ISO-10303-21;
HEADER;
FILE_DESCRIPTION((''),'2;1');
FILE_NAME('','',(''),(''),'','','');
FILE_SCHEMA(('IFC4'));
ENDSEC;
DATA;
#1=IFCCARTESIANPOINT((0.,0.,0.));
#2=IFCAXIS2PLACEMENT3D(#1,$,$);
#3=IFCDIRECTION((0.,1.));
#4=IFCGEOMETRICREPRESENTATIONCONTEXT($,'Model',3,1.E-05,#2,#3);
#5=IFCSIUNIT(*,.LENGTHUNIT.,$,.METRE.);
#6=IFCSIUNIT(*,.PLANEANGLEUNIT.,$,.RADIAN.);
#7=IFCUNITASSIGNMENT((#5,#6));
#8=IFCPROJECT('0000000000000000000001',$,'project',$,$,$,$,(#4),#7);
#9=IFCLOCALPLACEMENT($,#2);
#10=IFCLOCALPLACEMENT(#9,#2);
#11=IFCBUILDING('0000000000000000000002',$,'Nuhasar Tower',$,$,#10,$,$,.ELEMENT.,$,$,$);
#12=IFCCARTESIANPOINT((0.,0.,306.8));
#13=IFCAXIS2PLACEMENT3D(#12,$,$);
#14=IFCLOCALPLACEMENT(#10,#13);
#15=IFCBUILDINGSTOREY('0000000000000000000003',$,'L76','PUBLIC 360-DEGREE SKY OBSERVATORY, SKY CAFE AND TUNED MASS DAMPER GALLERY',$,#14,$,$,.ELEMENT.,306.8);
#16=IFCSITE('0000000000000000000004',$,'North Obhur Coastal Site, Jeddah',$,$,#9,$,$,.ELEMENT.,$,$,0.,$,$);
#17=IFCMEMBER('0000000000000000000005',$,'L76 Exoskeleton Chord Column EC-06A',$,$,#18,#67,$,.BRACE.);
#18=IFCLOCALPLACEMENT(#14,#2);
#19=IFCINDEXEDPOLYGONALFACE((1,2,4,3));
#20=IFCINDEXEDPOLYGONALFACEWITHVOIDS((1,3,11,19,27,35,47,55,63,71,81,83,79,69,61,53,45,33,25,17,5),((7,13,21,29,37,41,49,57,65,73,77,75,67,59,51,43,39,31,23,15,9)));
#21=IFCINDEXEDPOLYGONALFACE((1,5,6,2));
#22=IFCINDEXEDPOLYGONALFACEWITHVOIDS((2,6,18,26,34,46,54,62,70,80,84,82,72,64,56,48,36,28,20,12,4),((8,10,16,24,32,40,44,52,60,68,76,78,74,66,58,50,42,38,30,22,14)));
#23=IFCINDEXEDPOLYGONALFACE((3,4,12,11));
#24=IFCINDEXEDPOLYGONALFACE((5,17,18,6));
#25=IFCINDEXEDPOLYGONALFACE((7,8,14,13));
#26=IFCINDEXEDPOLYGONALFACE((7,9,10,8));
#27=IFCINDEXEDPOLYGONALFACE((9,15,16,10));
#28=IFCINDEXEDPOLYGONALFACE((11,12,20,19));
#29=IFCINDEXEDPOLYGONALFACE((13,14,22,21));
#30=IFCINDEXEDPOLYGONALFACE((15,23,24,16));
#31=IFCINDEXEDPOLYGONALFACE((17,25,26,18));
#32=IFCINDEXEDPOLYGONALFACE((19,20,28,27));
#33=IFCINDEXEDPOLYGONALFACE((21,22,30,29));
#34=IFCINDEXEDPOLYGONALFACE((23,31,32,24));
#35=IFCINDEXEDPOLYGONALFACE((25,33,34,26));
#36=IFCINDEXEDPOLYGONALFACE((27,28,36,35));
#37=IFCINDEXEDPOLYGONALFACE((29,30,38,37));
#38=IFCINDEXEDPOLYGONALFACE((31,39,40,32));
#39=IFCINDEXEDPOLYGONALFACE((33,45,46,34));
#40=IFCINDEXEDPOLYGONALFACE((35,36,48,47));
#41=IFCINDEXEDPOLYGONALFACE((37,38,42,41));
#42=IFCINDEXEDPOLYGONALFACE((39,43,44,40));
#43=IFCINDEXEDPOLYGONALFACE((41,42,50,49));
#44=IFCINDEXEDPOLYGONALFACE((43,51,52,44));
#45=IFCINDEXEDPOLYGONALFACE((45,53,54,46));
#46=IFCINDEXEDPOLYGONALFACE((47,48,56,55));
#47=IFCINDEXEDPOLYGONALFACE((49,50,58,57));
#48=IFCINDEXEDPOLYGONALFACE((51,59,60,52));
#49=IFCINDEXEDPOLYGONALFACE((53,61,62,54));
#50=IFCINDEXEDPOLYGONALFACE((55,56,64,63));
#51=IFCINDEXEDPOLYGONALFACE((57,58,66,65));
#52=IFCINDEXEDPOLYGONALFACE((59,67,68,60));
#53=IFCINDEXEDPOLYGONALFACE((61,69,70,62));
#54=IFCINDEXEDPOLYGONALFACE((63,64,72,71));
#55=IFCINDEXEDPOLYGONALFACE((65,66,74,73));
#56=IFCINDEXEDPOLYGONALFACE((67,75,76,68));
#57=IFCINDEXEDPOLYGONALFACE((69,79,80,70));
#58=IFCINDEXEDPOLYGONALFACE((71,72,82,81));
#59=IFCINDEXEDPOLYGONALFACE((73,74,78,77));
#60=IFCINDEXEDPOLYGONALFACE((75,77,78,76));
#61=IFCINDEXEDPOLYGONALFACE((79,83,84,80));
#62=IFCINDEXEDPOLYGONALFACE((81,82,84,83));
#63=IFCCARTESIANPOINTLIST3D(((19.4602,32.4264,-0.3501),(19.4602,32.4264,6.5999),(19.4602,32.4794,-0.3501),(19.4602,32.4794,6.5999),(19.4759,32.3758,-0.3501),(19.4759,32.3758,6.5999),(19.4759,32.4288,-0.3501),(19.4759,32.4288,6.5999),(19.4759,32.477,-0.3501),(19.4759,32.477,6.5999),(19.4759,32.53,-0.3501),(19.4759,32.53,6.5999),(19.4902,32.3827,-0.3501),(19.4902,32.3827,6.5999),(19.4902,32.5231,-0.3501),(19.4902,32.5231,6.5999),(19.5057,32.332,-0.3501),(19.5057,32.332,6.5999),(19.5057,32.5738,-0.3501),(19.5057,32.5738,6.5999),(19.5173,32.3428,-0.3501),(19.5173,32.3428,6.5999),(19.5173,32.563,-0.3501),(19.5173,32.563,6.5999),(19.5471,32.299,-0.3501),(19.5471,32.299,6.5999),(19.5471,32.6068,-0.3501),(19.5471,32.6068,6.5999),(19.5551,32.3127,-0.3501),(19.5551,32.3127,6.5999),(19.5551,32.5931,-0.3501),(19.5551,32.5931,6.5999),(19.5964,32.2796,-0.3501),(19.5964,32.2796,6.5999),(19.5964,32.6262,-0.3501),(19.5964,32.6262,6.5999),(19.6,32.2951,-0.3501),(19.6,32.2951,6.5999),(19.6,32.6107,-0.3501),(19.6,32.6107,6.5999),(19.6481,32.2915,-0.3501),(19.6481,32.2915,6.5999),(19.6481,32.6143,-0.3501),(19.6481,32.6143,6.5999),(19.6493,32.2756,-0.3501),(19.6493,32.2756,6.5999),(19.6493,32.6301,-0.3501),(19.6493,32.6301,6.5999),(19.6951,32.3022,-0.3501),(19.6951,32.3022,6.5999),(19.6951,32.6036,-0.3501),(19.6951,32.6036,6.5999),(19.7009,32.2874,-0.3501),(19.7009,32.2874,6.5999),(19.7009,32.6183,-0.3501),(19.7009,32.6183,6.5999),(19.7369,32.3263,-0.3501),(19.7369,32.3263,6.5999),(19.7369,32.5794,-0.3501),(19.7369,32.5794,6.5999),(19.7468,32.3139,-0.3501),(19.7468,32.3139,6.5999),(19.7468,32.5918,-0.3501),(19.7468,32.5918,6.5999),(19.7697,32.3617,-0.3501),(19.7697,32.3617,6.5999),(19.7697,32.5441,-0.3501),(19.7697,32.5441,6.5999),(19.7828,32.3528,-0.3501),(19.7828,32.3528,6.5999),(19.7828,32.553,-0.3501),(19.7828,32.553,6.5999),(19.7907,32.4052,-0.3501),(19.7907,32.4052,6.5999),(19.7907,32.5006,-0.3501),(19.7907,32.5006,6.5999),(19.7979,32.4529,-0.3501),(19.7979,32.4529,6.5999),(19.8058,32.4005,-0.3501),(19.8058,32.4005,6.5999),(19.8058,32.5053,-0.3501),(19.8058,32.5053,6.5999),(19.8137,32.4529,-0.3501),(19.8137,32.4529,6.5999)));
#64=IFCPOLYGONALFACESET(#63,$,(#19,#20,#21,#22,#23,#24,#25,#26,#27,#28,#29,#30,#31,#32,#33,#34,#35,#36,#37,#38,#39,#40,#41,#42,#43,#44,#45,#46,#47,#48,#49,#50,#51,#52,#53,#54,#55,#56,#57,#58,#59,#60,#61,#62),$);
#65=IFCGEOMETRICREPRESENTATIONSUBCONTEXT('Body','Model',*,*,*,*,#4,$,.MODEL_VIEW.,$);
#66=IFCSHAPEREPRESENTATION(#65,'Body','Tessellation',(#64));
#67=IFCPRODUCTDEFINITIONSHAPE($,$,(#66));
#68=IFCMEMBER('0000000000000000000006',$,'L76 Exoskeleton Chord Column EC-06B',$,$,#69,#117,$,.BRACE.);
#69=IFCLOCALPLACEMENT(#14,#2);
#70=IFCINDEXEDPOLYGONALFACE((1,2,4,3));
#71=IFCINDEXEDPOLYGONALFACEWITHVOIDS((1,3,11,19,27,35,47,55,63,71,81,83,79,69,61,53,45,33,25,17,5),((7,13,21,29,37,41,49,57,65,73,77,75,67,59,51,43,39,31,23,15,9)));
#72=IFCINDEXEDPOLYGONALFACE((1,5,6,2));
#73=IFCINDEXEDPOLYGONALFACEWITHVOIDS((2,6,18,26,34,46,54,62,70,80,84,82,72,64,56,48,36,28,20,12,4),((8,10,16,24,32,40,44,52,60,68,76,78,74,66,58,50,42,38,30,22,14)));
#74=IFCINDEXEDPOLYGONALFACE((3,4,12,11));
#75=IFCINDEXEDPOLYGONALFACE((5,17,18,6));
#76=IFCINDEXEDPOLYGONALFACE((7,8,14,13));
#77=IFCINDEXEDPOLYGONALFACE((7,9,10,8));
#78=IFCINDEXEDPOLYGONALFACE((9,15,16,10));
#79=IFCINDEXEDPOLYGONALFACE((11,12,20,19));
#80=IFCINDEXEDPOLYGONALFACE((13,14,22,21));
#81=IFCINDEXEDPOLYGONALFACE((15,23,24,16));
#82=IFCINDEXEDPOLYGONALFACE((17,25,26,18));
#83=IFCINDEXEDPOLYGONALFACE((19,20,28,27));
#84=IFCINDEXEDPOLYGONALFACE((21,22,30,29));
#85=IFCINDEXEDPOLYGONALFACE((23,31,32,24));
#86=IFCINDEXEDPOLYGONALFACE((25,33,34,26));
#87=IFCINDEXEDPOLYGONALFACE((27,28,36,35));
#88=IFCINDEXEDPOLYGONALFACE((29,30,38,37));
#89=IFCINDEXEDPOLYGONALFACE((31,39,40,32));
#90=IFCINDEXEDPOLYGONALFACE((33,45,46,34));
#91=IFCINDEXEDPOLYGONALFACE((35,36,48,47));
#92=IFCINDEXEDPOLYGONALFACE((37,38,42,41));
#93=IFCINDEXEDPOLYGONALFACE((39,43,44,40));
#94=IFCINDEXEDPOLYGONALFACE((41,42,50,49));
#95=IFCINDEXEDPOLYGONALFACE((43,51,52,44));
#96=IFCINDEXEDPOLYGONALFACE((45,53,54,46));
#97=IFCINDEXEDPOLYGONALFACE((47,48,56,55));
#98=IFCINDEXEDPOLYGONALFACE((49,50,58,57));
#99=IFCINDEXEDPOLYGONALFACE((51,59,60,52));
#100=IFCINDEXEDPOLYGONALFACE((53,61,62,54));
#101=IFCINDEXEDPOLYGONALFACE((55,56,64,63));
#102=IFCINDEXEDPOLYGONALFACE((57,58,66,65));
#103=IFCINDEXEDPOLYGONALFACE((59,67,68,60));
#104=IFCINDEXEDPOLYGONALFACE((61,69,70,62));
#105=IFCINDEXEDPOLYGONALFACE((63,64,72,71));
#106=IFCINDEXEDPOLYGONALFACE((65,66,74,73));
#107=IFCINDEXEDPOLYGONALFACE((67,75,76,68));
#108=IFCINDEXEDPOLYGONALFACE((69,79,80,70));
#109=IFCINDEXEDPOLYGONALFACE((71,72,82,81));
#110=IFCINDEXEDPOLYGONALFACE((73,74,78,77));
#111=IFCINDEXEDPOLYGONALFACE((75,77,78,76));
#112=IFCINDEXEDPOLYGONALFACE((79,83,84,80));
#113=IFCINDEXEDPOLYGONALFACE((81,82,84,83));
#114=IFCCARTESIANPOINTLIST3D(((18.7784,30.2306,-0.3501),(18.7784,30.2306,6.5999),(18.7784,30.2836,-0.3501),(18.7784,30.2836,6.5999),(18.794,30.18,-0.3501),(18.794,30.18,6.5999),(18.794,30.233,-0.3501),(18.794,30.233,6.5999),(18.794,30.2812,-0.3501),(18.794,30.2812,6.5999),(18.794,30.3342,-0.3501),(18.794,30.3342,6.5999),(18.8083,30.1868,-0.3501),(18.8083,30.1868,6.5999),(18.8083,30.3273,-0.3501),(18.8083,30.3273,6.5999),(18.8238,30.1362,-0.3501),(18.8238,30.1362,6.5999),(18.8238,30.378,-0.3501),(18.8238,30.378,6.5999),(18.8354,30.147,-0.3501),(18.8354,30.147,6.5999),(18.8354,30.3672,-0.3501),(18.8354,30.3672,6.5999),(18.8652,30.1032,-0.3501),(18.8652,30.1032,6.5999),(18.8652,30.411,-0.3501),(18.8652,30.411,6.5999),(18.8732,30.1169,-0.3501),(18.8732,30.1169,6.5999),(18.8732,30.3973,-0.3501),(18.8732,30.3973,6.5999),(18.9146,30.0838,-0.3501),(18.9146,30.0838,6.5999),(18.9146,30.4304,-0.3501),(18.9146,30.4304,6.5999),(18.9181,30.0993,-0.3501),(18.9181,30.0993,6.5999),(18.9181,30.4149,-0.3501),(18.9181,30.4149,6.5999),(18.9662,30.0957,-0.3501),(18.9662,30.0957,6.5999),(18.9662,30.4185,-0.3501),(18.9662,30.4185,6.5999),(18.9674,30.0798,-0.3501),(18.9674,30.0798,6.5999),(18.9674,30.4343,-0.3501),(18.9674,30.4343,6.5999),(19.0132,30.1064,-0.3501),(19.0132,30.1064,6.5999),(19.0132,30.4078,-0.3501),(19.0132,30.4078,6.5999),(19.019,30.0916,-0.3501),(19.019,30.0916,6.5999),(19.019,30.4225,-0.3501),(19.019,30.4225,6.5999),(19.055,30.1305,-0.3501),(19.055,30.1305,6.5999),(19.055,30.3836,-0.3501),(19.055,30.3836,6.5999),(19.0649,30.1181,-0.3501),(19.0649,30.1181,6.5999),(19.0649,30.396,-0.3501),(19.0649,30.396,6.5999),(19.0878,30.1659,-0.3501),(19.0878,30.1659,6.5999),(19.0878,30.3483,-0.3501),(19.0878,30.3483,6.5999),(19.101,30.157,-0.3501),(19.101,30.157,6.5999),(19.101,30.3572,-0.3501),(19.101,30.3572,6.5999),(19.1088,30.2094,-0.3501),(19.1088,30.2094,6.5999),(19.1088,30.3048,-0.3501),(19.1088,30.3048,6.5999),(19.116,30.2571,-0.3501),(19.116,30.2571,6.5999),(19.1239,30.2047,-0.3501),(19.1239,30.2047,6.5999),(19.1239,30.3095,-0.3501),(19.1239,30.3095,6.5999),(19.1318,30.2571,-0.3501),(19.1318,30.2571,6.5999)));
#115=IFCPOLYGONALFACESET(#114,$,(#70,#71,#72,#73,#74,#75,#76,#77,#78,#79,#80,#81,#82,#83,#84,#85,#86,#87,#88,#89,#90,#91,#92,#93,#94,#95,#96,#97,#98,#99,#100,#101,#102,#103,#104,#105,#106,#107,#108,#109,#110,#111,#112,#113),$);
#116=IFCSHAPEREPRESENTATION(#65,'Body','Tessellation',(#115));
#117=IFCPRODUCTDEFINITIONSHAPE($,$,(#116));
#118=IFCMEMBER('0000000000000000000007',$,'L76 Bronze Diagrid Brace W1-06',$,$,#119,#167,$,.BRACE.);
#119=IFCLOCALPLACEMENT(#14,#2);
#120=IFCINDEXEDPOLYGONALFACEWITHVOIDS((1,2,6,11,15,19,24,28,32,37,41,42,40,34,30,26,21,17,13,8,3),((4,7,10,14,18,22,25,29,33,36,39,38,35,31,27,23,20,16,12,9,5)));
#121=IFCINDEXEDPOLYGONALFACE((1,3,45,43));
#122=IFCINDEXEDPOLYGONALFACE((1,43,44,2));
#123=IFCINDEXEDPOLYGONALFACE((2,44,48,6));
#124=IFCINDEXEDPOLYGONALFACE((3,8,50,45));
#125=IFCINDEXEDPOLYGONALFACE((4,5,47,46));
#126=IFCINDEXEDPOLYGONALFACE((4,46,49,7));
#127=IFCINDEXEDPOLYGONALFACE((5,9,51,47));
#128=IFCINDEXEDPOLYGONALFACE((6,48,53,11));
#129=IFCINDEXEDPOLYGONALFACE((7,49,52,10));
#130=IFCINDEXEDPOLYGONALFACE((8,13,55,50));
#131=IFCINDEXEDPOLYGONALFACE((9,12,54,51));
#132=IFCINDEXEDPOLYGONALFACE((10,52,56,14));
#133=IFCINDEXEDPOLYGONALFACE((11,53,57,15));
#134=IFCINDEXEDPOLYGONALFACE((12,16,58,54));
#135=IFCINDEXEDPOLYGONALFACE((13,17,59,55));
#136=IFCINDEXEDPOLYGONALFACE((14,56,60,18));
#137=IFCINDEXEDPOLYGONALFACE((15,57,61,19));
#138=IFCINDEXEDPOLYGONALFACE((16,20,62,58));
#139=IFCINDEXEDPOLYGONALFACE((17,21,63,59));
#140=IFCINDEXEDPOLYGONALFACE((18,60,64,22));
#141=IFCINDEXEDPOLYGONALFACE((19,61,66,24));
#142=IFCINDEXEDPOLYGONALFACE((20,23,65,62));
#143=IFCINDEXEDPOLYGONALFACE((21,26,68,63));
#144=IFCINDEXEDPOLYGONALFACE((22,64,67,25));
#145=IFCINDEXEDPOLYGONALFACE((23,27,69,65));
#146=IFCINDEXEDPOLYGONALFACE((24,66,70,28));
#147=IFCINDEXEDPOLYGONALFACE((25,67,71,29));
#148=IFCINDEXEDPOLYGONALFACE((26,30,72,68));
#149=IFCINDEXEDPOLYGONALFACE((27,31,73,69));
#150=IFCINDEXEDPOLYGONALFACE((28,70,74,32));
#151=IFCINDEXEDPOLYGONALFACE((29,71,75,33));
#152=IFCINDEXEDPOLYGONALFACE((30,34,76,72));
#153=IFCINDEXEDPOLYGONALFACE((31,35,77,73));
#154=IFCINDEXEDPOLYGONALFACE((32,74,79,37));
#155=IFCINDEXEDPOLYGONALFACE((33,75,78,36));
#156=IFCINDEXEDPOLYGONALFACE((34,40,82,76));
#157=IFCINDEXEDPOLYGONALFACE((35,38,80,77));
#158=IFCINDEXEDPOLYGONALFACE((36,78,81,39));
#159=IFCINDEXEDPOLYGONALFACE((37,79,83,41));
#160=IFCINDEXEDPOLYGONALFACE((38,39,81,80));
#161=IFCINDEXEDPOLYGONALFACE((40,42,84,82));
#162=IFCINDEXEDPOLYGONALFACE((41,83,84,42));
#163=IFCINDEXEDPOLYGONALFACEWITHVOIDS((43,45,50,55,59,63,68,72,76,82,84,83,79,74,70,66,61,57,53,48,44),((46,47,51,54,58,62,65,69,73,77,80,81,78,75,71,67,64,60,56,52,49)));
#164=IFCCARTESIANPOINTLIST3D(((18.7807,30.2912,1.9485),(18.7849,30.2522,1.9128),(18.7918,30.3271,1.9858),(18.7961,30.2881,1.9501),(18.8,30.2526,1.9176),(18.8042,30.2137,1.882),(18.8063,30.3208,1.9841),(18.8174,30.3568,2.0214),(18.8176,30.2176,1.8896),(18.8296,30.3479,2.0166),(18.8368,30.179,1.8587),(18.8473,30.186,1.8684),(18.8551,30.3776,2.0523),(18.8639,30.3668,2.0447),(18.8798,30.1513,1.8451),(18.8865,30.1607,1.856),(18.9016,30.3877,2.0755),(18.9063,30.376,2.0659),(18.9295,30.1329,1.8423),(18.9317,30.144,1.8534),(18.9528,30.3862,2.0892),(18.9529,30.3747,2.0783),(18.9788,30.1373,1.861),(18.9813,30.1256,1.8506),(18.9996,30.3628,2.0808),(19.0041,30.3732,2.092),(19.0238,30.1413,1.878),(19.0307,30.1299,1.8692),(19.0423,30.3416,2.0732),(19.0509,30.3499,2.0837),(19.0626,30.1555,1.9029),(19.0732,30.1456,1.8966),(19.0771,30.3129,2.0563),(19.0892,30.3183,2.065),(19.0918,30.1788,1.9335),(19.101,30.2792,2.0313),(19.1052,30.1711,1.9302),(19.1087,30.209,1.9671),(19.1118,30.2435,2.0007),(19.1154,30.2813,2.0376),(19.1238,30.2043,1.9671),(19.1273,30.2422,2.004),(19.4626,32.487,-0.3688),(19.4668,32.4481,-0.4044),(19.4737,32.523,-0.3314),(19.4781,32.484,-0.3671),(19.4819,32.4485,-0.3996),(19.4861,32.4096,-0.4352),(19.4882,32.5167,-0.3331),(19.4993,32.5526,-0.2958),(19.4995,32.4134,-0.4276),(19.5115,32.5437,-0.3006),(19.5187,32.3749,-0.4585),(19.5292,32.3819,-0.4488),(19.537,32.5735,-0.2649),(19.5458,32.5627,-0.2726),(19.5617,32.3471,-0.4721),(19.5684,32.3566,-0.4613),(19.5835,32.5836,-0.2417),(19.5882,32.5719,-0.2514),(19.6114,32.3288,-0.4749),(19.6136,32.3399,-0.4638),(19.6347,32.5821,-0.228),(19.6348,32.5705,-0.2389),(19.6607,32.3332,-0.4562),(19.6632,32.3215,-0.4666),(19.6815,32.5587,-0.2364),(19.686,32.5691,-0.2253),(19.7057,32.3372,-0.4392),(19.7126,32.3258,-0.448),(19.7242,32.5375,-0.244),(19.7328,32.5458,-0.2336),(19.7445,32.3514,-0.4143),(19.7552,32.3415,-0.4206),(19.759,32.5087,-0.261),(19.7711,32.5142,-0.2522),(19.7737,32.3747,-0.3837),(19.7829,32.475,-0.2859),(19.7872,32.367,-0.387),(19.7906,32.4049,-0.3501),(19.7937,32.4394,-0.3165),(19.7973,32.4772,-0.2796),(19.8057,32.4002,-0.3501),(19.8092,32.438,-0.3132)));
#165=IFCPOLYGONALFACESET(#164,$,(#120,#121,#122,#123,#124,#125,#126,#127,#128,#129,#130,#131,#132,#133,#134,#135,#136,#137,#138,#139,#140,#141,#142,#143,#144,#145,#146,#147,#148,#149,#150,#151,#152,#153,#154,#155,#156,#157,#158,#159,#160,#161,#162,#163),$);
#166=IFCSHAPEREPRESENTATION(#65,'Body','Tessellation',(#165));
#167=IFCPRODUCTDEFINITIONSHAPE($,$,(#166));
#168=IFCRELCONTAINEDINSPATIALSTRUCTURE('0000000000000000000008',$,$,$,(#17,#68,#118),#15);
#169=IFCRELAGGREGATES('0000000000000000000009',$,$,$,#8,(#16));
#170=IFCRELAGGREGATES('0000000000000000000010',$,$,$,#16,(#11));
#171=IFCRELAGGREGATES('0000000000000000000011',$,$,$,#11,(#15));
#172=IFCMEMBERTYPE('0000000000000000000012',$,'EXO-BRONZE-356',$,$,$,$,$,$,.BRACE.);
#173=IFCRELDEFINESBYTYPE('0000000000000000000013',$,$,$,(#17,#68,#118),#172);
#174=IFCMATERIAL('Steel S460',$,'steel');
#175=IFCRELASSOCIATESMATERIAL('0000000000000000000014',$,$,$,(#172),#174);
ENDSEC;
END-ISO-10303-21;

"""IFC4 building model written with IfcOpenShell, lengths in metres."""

from ifc_helpers import new_model, si_unit, direction, frame, origin, origin_2d, place, context, subcontext, project, spatial, hollow_circle, extrude, material, material_profile, profile_set, type_object, element, save


model = new_model("IFC4")

# Units and contexts
model_context = context("Model", 3, precision=1e-05, world=origin(), true_north=direction((0.0, 1.0)))
body_context = subcontext(model_context, "Body", "Model", "MODEL_VIEW")
ifc_project = project(units=[si_unit("LENGTHUNIT", "METRE"), si_unit("PLANEANGLEUNIT", "RADIAN")], contexts=[model_context])

# Site, building, storey
site_placement = place(None, origin())
site = spatial("IfcSite", under=ifc_project, at=site_placement, Name="North Obhur Coastal Site, Jeddah", CompositionType="ELEMENT", RefElevation=0.0)
building_placement = place(site_placement, origin())
building = spatial("IfcBuilding", under=site, at=building_placement, Name="Nuhasar Tower", CompositionType="ELEMENT")
storey_placement = place(building_placement, frame((0.0, 0.0, 306.8)))
storey = spatial("IfcBuildingStorey", under=building, at=storey_placement, Name="L76", Description="PUBLIC 360-DEGREE SKY OBSERVATORY, SKY CAFE AND TUNED MASS DAMPER GALLERY", CompositionType="ELEMENT", Elevation=306.8)

# Shared definitions
ifc_material_1 = material(Name="Steel S460", Category="steel")

# Members
ifc_material_profile_1 = material_profile(ifc_material_1, hollow_circle(Radius=0.1777, WallThickness=0.0159, at=origin_2d()), Name="HSS355.6X15.9")
ifc_profile_set_1 = profile_set([ifc_material_profile_1], Name="Steel S460")
member_type_1 = type_object("IfcMemberType", Name="EXO-BRONZE-356", PredefinedType="BRACE", material=ifc_profile_set_1)
for number, where, z_axis, x_axis, name in (
    (1, (19.636, 32.4529, -0.3501), (0.0, 0.0, 1.0), (1.0, 0.0, 0.0), "L76 Exoskeleton Chord Column EC-06A"),
    (2, (18.9541, 30.2571, -0.3501), (0.0, 0.0, 1.0), (1.0, 0.0, 0.0), "L76 Exoskeleton Chord Column EC-06B"),
):
    element("IfcMember", number, at=place(storey_placement, frame(where, z_axis=z_axis, x_axis=x_axis)), inside=storey, type_object=member_type_1, Name=name, PredefinedType="BRACE", context=body_context, shape_type="SweptSolid", body=[
        extrude(hollow_circle(Radius=0.1777, WallThickness=0.0159, at=origin_2d()), origin(), (0.0, 0.0, 1.0), 6.95),
    ])
member_1_placement = place(storey_placement, frame((19.636, 32.4529, -0.3501), z_axis=(-0.208892, -0.672672, 0.709843), x_axis=(0.955011, -0.29657, 0.0)))
element("IfcMember", 3, at=member_1_placement, inside=storey, type_object=member_type_1, Name="L76 Bronze Diagrid Brace W1-06", PredefinedType="BRACE", context=body_context, shape_type="SweptSolid", body=[
    extrude(hollow_circle(Radius=0.1777, WallThickness=0.0159, at=origin_2d()), origin(), (0.0, 0.0, 1.0), 3.2644),
])

save(model, "model.ifc")
